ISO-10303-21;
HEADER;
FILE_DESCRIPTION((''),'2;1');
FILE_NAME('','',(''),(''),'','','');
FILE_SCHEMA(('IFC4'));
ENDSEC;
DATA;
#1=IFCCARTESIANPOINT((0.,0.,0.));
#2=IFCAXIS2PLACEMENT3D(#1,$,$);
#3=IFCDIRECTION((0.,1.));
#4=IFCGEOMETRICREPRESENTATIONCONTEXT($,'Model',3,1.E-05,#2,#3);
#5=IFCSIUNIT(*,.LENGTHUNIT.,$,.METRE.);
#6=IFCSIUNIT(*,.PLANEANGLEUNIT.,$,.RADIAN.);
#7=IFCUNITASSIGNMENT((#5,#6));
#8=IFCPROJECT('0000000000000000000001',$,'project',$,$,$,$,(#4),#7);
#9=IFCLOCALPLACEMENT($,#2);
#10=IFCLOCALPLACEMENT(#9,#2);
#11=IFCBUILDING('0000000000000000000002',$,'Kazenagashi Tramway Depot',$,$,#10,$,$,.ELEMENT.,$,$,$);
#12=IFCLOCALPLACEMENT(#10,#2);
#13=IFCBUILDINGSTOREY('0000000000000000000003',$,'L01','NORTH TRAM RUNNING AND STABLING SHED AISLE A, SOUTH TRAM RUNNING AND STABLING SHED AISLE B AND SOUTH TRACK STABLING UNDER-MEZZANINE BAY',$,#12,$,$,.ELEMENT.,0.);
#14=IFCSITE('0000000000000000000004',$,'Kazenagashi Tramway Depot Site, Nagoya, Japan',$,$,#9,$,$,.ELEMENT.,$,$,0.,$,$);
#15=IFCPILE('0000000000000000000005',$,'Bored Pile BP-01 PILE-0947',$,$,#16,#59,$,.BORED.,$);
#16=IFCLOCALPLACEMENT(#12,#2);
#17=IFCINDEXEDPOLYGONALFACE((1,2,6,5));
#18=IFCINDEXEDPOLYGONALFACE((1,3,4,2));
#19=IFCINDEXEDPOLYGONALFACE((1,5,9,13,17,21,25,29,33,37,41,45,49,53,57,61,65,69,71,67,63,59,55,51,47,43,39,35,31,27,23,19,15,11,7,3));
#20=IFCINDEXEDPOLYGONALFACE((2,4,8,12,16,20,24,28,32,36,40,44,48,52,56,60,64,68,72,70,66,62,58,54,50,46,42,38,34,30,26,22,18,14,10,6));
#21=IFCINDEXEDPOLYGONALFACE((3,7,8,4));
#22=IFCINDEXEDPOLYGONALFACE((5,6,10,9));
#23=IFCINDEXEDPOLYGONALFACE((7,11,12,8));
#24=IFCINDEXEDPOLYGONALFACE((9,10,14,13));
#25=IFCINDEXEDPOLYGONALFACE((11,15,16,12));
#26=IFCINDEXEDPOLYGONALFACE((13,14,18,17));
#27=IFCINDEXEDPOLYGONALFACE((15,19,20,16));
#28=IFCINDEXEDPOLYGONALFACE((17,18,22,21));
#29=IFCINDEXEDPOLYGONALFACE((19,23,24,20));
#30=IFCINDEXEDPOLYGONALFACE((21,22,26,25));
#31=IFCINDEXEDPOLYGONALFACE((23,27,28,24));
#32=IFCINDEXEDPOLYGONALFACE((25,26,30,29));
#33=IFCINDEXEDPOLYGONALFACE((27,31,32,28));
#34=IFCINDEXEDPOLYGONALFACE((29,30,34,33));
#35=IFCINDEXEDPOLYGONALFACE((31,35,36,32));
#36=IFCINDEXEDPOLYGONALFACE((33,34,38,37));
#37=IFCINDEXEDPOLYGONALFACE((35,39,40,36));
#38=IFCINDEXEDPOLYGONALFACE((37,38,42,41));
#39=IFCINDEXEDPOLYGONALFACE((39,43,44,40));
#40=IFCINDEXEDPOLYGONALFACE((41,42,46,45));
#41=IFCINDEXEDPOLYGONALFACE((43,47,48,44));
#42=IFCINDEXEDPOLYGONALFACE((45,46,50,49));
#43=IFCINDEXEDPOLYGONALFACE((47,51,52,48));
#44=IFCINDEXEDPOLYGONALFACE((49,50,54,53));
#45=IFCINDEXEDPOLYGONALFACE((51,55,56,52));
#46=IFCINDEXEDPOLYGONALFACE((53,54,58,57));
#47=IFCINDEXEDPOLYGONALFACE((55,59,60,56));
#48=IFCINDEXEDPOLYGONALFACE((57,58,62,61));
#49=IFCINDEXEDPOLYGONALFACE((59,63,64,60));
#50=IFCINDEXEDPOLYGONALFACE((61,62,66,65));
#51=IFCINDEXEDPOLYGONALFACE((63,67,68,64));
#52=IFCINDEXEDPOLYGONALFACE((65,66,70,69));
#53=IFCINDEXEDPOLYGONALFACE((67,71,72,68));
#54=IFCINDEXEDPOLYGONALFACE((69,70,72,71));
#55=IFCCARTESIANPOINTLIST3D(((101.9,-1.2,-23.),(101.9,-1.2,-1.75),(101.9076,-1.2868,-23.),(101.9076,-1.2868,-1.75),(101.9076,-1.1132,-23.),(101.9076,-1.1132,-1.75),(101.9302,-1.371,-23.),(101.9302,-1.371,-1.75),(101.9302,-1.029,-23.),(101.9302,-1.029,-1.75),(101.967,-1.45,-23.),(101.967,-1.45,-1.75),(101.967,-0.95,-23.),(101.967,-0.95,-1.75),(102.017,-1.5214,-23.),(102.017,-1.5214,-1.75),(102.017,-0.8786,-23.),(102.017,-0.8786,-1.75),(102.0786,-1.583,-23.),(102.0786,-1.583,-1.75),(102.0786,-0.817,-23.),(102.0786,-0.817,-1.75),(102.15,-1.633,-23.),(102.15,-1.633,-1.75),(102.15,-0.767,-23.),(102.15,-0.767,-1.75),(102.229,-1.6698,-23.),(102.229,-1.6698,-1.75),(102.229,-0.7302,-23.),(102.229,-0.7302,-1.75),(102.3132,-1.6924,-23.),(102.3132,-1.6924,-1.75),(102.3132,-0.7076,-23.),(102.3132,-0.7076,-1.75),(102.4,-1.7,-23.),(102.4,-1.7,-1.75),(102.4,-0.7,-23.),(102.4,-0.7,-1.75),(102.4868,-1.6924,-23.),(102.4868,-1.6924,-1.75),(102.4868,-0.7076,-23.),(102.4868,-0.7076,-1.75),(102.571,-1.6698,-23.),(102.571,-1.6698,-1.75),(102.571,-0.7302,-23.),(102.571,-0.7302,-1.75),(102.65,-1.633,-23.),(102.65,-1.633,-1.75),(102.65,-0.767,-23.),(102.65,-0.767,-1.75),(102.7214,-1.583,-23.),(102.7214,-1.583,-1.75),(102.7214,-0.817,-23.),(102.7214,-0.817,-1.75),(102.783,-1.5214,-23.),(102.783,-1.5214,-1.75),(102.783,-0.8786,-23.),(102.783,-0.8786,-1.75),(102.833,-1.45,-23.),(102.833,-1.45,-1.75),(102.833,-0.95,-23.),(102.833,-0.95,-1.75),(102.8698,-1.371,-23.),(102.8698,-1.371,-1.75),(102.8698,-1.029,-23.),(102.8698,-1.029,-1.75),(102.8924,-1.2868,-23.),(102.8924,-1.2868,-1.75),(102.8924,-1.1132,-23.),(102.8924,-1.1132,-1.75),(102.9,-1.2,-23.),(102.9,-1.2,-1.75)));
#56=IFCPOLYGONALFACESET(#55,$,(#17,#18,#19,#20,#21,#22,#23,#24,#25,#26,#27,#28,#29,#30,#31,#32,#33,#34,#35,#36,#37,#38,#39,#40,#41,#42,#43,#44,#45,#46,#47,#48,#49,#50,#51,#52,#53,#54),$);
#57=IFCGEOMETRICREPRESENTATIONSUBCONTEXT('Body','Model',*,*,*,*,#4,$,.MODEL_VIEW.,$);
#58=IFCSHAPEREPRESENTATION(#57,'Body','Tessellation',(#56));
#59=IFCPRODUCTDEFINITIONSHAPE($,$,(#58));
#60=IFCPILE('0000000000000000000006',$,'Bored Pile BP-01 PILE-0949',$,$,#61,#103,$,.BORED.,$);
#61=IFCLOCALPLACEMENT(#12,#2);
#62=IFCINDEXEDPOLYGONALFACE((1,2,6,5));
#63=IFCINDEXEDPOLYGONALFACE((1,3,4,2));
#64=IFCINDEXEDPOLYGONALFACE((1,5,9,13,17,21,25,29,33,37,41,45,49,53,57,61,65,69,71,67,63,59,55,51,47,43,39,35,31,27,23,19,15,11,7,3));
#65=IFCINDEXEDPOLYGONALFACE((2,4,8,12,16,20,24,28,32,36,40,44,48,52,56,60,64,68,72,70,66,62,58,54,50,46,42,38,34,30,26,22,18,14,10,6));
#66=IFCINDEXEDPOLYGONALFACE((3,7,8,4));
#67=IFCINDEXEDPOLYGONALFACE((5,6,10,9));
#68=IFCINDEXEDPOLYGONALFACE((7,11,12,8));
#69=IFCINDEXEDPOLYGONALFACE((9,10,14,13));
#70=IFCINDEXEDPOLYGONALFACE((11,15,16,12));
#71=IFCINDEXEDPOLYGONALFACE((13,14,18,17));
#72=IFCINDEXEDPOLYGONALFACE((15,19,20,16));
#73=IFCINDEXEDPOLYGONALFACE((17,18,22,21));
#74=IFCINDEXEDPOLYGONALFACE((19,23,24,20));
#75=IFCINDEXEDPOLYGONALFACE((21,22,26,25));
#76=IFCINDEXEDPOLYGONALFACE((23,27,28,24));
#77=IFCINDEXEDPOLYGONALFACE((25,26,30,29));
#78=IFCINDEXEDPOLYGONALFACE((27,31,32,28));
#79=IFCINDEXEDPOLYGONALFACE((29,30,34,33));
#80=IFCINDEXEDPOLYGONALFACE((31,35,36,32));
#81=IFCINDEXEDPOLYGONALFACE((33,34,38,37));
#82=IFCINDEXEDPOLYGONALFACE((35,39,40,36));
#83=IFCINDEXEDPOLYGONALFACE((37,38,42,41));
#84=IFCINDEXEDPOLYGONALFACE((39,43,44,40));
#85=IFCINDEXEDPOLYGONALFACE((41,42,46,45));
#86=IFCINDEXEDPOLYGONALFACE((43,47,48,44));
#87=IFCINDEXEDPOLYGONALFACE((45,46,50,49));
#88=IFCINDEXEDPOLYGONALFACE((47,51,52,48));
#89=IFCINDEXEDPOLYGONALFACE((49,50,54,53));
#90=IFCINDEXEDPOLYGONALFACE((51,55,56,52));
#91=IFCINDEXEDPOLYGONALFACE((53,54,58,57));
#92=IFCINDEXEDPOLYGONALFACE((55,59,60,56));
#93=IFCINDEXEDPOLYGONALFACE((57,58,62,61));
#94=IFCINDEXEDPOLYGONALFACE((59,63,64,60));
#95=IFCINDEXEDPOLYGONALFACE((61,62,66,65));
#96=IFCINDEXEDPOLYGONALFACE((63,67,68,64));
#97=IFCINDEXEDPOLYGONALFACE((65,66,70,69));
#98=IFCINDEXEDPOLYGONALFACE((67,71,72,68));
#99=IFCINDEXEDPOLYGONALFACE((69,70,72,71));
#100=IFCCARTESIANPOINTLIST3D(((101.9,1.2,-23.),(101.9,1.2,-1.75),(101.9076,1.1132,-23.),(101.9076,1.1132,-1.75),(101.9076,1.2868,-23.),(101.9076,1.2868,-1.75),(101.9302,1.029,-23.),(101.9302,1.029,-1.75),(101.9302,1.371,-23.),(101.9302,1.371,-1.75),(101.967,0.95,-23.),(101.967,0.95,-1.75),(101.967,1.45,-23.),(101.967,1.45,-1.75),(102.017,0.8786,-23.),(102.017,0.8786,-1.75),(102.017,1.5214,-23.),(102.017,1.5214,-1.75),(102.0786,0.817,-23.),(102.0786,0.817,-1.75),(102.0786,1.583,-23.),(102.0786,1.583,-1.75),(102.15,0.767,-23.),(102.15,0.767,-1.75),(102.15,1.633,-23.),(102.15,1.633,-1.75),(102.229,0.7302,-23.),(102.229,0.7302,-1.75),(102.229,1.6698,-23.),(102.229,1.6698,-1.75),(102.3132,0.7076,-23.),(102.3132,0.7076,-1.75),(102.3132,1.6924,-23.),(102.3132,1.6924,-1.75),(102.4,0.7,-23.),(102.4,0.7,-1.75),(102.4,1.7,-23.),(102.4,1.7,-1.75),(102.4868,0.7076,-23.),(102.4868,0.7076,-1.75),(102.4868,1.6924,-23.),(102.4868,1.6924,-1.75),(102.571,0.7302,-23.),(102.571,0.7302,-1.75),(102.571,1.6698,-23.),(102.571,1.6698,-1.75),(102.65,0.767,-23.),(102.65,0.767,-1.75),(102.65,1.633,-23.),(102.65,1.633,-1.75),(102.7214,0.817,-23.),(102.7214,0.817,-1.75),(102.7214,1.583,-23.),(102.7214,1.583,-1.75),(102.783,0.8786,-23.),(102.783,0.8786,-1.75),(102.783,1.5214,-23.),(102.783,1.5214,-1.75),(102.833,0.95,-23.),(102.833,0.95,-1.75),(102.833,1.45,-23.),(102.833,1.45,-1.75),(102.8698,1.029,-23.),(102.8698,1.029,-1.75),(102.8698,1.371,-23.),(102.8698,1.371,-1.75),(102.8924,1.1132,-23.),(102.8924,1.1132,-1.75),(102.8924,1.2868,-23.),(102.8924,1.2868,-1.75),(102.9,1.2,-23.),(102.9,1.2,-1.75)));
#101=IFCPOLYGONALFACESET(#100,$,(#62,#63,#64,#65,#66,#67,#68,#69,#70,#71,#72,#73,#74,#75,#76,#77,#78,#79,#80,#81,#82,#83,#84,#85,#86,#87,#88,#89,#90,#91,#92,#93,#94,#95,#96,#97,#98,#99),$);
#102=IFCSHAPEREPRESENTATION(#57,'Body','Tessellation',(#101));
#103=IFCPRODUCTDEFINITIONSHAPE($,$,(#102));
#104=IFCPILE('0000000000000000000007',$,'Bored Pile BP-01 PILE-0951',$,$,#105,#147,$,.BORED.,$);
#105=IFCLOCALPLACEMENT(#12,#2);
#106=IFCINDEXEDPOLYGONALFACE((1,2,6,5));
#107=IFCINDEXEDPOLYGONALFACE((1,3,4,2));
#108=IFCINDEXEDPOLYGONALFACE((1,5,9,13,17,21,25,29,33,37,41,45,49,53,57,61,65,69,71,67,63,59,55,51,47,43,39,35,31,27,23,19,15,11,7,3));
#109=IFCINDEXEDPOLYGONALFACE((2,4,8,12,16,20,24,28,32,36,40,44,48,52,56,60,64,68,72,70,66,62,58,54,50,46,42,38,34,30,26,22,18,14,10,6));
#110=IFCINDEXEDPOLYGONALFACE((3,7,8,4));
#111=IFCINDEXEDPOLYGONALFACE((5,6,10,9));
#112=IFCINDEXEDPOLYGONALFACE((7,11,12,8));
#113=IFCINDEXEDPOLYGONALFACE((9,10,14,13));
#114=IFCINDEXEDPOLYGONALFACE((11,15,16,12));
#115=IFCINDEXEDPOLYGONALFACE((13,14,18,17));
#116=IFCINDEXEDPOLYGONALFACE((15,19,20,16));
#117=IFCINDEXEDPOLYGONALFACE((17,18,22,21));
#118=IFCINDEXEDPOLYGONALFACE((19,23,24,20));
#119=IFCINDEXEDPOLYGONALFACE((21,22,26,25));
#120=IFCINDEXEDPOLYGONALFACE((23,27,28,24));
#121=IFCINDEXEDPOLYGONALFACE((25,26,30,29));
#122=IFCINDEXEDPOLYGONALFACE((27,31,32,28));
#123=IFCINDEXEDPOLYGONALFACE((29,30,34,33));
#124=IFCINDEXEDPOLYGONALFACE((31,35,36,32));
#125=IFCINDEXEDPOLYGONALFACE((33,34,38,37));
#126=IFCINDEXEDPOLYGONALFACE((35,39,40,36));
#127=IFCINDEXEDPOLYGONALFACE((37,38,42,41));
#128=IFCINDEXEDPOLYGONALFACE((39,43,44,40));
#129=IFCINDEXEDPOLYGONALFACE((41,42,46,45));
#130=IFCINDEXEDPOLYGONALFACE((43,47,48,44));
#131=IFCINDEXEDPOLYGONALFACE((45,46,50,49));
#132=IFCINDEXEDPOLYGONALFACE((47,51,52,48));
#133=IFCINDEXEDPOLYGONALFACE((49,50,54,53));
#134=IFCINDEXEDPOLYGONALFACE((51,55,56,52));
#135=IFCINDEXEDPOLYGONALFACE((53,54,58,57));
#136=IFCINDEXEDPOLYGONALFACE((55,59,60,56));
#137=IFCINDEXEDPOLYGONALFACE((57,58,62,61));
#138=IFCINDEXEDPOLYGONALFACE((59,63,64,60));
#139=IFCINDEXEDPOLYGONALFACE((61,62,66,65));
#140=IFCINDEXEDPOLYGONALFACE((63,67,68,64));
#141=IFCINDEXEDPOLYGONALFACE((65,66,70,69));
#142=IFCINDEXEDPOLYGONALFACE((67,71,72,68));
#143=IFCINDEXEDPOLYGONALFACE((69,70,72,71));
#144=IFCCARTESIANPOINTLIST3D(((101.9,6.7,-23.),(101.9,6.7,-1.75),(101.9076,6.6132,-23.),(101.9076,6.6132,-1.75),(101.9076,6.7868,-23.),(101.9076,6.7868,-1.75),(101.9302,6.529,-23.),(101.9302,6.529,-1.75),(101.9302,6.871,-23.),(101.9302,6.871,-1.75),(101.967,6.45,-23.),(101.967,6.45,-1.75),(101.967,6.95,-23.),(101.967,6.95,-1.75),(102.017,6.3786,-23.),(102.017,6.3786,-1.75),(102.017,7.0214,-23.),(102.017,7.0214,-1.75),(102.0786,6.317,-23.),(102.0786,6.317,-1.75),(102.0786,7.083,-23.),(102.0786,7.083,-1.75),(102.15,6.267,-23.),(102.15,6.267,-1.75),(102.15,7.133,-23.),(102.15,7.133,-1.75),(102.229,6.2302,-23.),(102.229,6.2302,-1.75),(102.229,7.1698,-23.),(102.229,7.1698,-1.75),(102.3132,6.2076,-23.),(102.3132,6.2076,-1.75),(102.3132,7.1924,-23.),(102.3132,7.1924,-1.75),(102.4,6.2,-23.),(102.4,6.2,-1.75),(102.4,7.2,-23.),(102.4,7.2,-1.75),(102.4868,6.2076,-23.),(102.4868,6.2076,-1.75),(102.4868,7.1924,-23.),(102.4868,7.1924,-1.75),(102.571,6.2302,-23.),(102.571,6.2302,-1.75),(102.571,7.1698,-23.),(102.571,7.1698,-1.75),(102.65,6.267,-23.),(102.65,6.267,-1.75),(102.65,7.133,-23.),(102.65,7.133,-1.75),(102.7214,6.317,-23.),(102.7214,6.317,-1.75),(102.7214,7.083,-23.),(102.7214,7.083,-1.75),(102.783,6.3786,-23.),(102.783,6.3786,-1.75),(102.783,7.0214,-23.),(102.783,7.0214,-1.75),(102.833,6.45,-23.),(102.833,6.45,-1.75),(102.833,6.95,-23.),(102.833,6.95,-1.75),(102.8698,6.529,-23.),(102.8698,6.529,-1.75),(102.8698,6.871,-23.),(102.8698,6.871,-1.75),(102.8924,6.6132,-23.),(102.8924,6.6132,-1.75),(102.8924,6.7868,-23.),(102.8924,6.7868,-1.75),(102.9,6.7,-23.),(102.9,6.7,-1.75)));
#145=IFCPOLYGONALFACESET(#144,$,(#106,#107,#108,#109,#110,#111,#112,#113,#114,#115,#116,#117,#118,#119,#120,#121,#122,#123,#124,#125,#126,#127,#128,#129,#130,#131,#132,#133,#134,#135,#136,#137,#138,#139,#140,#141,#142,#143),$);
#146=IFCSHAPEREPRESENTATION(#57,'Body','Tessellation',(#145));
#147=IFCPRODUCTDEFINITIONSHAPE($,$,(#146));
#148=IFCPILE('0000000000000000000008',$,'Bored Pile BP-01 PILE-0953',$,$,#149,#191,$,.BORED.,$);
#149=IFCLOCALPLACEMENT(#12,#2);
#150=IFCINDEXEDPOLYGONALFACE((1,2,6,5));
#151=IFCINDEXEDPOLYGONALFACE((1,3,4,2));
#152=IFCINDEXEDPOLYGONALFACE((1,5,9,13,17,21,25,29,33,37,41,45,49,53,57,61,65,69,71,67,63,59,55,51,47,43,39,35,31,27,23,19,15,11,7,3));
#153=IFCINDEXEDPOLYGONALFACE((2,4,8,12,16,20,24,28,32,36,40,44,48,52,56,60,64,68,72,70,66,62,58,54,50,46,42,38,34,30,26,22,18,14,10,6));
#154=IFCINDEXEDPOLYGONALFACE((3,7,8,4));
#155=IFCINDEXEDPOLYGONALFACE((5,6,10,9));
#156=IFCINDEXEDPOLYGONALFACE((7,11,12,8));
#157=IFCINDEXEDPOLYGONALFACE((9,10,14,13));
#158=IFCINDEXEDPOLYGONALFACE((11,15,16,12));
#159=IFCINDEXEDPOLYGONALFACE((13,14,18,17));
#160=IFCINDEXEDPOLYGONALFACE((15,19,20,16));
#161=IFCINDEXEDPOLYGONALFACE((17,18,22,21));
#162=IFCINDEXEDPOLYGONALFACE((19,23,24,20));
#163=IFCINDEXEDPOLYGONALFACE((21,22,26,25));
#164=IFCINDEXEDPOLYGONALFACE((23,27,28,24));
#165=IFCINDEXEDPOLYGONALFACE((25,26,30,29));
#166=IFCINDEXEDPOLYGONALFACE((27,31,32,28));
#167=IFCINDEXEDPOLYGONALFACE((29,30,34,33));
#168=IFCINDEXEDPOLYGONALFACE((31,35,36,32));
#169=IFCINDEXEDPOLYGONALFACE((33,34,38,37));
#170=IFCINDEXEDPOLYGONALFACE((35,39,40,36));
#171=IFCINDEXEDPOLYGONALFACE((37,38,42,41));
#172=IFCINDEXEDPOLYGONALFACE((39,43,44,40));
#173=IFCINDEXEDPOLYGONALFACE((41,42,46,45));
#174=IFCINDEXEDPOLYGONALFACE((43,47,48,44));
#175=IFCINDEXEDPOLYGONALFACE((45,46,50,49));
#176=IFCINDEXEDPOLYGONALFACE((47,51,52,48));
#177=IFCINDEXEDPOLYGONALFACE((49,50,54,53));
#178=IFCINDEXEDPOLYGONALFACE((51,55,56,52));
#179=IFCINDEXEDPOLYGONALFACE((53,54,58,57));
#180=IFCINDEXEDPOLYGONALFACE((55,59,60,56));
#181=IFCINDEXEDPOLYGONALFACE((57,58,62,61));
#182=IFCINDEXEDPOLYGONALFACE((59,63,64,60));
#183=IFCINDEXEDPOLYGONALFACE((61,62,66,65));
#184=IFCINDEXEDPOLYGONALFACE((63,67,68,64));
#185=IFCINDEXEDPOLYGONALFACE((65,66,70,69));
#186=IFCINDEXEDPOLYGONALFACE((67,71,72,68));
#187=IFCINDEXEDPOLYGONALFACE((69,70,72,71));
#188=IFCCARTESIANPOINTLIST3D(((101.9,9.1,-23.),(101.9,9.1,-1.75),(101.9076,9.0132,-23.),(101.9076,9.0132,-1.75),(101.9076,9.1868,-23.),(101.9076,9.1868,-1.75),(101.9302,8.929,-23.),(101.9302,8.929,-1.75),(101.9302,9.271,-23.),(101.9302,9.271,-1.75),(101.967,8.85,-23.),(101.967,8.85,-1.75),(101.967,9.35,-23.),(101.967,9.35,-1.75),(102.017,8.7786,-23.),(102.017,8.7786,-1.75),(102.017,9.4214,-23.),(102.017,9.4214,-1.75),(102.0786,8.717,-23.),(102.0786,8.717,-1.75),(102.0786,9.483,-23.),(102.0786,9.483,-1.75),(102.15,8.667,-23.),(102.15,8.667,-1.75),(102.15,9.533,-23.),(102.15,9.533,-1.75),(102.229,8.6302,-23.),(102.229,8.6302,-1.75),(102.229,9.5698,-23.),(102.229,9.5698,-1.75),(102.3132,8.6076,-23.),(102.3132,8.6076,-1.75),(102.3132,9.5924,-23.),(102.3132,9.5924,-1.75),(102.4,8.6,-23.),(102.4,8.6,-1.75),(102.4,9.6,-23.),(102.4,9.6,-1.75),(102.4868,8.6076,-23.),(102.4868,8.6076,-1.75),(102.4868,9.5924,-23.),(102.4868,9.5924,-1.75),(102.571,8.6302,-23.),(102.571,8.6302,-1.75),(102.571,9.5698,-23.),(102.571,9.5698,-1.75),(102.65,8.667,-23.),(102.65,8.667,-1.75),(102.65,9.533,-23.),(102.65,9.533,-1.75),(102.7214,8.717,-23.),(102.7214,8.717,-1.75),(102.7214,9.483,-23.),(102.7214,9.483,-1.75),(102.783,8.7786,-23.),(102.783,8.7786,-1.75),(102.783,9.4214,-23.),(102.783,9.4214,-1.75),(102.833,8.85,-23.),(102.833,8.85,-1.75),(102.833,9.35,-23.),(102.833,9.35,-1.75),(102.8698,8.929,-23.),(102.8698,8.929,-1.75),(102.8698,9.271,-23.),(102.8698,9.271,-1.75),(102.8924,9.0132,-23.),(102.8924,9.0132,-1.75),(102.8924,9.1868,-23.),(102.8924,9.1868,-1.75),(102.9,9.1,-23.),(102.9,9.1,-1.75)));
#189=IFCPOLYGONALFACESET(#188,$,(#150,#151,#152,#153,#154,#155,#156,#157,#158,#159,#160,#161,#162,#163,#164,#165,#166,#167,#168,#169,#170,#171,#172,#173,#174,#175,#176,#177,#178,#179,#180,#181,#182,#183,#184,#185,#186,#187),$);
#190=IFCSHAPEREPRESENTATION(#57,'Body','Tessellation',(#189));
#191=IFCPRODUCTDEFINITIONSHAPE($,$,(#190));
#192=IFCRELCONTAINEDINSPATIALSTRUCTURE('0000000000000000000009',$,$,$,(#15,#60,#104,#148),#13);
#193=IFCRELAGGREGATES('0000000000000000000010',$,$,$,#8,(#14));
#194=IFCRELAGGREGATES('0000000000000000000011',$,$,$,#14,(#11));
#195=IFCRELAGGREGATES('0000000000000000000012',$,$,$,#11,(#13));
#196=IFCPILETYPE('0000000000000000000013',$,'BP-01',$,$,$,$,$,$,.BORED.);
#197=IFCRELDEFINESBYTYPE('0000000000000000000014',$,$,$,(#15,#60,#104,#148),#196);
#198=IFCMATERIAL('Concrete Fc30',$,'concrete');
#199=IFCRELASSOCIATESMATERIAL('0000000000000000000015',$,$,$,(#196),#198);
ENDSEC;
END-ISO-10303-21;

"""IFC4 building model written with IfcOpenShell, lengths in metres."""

from ifc_helpers import new_model, si_unit, direction, frame, origin, origin_2d, place, context, subcontext, project, spatial, circle, extrude, material, material_profile, profile_set, type_object, element, save


model = new_model("IFC4")

# Units and contexts
model_context = context("Model", 3, precision=1e-05, world=origin(), true_north=direction((0.0, 1.0)))
body_context = subcontext(model_context, "Body", "Model", "MODEL_VIEW")
ifc_project = project(units=[si_unit("LENGTHUNIT", "METRE"), si_unit("PLANEANGLEUNIT", "RADIAN")], contexts=[model_context])

# Site, building, storey
site_placement = place(None, origin())
site = spatial("IfcSite", under=ifc_project, at=site_placement, Name="Kazenagashi Tramway Depot Site, Nagoya, Japan", CompositionType="ELEMENT", RefElevation=0.0)
building_placement = place(site_placement, origin())
building = spatial("IfcBuilding", under=site, at=building_placement, Name="Kazenagashi Tramway Depot", CompositionType="ELEMENT")
storey_placement = place(building_placement, origin())
storey = spatial("IfcBuildingStorey", under=building, at=storey_placement, Name="L01", Description="NORTH TRAM RUNNING AND STABLING SHED AISLE A, SOUTH TRAM RUNNING AND STABLING SHED AISLE B AND SOUTH TRACK STABLING UNDER-MEZZANINE BAY", CompositionType="ELEMENT", Elevation=0.0)

# Piles
ifc_material_1 = material(Name="Concrete Fc30", Category="concrete")
ifc_material_profile_1 = material_profile(ifc_material_1, circle(Radius=0.5, at=origin_2d()), Name="PILE-1000")
ifc_profile_set_1 = profile_set([ifc_material_profile_1], Name="Concrete Fc30")
pile_type = type_object("IfcPileType", Name="BP-01", PredefinedType="BORED", material=ifc_profile_set_1)
for number, where, z_axis, x_axis, name in (
    (1, (102.4, -1.2, -1.75), (0.0, 0.0, -1.0), (1.0, 0.0, 0.0), "Bored Pile BP-01 PILE-0947"),
    (2, (102.4, 1.2, -1.75), (0.0, 0.0, -1.0), (1.0, 0.0, 0.0), "Bored Pile BP-01 PILE-0949"),
    (3, (102.4, 6.7, -1.75), (0.0, 0.0, -1.0), (1.0, 0.0, 0.0), "Bored Pile BP-01 PILE-0951"),
    (4, (102.4, 9.1, -1.75), (0.0, 0.0, -1.0), (1.0, 0.0, 0.0), "Bored Pile BP-01 PILE-0953"),
):
    element("IfcPile", number, at=place(storey_placement, frame(where, z_axis=z_axis, x_axis=x_axis)), inside=storey, type_object=pile_type, Name=name, PredefinedType="BORED", context=body_context, shape_type="SweptSolid", body=[
        extrude(circle(Radius=0.5, at=origin_2d()), origin(), (0.0, 0.0, 1.0), 21.25),
    ])

save(model, "model.ifc")
